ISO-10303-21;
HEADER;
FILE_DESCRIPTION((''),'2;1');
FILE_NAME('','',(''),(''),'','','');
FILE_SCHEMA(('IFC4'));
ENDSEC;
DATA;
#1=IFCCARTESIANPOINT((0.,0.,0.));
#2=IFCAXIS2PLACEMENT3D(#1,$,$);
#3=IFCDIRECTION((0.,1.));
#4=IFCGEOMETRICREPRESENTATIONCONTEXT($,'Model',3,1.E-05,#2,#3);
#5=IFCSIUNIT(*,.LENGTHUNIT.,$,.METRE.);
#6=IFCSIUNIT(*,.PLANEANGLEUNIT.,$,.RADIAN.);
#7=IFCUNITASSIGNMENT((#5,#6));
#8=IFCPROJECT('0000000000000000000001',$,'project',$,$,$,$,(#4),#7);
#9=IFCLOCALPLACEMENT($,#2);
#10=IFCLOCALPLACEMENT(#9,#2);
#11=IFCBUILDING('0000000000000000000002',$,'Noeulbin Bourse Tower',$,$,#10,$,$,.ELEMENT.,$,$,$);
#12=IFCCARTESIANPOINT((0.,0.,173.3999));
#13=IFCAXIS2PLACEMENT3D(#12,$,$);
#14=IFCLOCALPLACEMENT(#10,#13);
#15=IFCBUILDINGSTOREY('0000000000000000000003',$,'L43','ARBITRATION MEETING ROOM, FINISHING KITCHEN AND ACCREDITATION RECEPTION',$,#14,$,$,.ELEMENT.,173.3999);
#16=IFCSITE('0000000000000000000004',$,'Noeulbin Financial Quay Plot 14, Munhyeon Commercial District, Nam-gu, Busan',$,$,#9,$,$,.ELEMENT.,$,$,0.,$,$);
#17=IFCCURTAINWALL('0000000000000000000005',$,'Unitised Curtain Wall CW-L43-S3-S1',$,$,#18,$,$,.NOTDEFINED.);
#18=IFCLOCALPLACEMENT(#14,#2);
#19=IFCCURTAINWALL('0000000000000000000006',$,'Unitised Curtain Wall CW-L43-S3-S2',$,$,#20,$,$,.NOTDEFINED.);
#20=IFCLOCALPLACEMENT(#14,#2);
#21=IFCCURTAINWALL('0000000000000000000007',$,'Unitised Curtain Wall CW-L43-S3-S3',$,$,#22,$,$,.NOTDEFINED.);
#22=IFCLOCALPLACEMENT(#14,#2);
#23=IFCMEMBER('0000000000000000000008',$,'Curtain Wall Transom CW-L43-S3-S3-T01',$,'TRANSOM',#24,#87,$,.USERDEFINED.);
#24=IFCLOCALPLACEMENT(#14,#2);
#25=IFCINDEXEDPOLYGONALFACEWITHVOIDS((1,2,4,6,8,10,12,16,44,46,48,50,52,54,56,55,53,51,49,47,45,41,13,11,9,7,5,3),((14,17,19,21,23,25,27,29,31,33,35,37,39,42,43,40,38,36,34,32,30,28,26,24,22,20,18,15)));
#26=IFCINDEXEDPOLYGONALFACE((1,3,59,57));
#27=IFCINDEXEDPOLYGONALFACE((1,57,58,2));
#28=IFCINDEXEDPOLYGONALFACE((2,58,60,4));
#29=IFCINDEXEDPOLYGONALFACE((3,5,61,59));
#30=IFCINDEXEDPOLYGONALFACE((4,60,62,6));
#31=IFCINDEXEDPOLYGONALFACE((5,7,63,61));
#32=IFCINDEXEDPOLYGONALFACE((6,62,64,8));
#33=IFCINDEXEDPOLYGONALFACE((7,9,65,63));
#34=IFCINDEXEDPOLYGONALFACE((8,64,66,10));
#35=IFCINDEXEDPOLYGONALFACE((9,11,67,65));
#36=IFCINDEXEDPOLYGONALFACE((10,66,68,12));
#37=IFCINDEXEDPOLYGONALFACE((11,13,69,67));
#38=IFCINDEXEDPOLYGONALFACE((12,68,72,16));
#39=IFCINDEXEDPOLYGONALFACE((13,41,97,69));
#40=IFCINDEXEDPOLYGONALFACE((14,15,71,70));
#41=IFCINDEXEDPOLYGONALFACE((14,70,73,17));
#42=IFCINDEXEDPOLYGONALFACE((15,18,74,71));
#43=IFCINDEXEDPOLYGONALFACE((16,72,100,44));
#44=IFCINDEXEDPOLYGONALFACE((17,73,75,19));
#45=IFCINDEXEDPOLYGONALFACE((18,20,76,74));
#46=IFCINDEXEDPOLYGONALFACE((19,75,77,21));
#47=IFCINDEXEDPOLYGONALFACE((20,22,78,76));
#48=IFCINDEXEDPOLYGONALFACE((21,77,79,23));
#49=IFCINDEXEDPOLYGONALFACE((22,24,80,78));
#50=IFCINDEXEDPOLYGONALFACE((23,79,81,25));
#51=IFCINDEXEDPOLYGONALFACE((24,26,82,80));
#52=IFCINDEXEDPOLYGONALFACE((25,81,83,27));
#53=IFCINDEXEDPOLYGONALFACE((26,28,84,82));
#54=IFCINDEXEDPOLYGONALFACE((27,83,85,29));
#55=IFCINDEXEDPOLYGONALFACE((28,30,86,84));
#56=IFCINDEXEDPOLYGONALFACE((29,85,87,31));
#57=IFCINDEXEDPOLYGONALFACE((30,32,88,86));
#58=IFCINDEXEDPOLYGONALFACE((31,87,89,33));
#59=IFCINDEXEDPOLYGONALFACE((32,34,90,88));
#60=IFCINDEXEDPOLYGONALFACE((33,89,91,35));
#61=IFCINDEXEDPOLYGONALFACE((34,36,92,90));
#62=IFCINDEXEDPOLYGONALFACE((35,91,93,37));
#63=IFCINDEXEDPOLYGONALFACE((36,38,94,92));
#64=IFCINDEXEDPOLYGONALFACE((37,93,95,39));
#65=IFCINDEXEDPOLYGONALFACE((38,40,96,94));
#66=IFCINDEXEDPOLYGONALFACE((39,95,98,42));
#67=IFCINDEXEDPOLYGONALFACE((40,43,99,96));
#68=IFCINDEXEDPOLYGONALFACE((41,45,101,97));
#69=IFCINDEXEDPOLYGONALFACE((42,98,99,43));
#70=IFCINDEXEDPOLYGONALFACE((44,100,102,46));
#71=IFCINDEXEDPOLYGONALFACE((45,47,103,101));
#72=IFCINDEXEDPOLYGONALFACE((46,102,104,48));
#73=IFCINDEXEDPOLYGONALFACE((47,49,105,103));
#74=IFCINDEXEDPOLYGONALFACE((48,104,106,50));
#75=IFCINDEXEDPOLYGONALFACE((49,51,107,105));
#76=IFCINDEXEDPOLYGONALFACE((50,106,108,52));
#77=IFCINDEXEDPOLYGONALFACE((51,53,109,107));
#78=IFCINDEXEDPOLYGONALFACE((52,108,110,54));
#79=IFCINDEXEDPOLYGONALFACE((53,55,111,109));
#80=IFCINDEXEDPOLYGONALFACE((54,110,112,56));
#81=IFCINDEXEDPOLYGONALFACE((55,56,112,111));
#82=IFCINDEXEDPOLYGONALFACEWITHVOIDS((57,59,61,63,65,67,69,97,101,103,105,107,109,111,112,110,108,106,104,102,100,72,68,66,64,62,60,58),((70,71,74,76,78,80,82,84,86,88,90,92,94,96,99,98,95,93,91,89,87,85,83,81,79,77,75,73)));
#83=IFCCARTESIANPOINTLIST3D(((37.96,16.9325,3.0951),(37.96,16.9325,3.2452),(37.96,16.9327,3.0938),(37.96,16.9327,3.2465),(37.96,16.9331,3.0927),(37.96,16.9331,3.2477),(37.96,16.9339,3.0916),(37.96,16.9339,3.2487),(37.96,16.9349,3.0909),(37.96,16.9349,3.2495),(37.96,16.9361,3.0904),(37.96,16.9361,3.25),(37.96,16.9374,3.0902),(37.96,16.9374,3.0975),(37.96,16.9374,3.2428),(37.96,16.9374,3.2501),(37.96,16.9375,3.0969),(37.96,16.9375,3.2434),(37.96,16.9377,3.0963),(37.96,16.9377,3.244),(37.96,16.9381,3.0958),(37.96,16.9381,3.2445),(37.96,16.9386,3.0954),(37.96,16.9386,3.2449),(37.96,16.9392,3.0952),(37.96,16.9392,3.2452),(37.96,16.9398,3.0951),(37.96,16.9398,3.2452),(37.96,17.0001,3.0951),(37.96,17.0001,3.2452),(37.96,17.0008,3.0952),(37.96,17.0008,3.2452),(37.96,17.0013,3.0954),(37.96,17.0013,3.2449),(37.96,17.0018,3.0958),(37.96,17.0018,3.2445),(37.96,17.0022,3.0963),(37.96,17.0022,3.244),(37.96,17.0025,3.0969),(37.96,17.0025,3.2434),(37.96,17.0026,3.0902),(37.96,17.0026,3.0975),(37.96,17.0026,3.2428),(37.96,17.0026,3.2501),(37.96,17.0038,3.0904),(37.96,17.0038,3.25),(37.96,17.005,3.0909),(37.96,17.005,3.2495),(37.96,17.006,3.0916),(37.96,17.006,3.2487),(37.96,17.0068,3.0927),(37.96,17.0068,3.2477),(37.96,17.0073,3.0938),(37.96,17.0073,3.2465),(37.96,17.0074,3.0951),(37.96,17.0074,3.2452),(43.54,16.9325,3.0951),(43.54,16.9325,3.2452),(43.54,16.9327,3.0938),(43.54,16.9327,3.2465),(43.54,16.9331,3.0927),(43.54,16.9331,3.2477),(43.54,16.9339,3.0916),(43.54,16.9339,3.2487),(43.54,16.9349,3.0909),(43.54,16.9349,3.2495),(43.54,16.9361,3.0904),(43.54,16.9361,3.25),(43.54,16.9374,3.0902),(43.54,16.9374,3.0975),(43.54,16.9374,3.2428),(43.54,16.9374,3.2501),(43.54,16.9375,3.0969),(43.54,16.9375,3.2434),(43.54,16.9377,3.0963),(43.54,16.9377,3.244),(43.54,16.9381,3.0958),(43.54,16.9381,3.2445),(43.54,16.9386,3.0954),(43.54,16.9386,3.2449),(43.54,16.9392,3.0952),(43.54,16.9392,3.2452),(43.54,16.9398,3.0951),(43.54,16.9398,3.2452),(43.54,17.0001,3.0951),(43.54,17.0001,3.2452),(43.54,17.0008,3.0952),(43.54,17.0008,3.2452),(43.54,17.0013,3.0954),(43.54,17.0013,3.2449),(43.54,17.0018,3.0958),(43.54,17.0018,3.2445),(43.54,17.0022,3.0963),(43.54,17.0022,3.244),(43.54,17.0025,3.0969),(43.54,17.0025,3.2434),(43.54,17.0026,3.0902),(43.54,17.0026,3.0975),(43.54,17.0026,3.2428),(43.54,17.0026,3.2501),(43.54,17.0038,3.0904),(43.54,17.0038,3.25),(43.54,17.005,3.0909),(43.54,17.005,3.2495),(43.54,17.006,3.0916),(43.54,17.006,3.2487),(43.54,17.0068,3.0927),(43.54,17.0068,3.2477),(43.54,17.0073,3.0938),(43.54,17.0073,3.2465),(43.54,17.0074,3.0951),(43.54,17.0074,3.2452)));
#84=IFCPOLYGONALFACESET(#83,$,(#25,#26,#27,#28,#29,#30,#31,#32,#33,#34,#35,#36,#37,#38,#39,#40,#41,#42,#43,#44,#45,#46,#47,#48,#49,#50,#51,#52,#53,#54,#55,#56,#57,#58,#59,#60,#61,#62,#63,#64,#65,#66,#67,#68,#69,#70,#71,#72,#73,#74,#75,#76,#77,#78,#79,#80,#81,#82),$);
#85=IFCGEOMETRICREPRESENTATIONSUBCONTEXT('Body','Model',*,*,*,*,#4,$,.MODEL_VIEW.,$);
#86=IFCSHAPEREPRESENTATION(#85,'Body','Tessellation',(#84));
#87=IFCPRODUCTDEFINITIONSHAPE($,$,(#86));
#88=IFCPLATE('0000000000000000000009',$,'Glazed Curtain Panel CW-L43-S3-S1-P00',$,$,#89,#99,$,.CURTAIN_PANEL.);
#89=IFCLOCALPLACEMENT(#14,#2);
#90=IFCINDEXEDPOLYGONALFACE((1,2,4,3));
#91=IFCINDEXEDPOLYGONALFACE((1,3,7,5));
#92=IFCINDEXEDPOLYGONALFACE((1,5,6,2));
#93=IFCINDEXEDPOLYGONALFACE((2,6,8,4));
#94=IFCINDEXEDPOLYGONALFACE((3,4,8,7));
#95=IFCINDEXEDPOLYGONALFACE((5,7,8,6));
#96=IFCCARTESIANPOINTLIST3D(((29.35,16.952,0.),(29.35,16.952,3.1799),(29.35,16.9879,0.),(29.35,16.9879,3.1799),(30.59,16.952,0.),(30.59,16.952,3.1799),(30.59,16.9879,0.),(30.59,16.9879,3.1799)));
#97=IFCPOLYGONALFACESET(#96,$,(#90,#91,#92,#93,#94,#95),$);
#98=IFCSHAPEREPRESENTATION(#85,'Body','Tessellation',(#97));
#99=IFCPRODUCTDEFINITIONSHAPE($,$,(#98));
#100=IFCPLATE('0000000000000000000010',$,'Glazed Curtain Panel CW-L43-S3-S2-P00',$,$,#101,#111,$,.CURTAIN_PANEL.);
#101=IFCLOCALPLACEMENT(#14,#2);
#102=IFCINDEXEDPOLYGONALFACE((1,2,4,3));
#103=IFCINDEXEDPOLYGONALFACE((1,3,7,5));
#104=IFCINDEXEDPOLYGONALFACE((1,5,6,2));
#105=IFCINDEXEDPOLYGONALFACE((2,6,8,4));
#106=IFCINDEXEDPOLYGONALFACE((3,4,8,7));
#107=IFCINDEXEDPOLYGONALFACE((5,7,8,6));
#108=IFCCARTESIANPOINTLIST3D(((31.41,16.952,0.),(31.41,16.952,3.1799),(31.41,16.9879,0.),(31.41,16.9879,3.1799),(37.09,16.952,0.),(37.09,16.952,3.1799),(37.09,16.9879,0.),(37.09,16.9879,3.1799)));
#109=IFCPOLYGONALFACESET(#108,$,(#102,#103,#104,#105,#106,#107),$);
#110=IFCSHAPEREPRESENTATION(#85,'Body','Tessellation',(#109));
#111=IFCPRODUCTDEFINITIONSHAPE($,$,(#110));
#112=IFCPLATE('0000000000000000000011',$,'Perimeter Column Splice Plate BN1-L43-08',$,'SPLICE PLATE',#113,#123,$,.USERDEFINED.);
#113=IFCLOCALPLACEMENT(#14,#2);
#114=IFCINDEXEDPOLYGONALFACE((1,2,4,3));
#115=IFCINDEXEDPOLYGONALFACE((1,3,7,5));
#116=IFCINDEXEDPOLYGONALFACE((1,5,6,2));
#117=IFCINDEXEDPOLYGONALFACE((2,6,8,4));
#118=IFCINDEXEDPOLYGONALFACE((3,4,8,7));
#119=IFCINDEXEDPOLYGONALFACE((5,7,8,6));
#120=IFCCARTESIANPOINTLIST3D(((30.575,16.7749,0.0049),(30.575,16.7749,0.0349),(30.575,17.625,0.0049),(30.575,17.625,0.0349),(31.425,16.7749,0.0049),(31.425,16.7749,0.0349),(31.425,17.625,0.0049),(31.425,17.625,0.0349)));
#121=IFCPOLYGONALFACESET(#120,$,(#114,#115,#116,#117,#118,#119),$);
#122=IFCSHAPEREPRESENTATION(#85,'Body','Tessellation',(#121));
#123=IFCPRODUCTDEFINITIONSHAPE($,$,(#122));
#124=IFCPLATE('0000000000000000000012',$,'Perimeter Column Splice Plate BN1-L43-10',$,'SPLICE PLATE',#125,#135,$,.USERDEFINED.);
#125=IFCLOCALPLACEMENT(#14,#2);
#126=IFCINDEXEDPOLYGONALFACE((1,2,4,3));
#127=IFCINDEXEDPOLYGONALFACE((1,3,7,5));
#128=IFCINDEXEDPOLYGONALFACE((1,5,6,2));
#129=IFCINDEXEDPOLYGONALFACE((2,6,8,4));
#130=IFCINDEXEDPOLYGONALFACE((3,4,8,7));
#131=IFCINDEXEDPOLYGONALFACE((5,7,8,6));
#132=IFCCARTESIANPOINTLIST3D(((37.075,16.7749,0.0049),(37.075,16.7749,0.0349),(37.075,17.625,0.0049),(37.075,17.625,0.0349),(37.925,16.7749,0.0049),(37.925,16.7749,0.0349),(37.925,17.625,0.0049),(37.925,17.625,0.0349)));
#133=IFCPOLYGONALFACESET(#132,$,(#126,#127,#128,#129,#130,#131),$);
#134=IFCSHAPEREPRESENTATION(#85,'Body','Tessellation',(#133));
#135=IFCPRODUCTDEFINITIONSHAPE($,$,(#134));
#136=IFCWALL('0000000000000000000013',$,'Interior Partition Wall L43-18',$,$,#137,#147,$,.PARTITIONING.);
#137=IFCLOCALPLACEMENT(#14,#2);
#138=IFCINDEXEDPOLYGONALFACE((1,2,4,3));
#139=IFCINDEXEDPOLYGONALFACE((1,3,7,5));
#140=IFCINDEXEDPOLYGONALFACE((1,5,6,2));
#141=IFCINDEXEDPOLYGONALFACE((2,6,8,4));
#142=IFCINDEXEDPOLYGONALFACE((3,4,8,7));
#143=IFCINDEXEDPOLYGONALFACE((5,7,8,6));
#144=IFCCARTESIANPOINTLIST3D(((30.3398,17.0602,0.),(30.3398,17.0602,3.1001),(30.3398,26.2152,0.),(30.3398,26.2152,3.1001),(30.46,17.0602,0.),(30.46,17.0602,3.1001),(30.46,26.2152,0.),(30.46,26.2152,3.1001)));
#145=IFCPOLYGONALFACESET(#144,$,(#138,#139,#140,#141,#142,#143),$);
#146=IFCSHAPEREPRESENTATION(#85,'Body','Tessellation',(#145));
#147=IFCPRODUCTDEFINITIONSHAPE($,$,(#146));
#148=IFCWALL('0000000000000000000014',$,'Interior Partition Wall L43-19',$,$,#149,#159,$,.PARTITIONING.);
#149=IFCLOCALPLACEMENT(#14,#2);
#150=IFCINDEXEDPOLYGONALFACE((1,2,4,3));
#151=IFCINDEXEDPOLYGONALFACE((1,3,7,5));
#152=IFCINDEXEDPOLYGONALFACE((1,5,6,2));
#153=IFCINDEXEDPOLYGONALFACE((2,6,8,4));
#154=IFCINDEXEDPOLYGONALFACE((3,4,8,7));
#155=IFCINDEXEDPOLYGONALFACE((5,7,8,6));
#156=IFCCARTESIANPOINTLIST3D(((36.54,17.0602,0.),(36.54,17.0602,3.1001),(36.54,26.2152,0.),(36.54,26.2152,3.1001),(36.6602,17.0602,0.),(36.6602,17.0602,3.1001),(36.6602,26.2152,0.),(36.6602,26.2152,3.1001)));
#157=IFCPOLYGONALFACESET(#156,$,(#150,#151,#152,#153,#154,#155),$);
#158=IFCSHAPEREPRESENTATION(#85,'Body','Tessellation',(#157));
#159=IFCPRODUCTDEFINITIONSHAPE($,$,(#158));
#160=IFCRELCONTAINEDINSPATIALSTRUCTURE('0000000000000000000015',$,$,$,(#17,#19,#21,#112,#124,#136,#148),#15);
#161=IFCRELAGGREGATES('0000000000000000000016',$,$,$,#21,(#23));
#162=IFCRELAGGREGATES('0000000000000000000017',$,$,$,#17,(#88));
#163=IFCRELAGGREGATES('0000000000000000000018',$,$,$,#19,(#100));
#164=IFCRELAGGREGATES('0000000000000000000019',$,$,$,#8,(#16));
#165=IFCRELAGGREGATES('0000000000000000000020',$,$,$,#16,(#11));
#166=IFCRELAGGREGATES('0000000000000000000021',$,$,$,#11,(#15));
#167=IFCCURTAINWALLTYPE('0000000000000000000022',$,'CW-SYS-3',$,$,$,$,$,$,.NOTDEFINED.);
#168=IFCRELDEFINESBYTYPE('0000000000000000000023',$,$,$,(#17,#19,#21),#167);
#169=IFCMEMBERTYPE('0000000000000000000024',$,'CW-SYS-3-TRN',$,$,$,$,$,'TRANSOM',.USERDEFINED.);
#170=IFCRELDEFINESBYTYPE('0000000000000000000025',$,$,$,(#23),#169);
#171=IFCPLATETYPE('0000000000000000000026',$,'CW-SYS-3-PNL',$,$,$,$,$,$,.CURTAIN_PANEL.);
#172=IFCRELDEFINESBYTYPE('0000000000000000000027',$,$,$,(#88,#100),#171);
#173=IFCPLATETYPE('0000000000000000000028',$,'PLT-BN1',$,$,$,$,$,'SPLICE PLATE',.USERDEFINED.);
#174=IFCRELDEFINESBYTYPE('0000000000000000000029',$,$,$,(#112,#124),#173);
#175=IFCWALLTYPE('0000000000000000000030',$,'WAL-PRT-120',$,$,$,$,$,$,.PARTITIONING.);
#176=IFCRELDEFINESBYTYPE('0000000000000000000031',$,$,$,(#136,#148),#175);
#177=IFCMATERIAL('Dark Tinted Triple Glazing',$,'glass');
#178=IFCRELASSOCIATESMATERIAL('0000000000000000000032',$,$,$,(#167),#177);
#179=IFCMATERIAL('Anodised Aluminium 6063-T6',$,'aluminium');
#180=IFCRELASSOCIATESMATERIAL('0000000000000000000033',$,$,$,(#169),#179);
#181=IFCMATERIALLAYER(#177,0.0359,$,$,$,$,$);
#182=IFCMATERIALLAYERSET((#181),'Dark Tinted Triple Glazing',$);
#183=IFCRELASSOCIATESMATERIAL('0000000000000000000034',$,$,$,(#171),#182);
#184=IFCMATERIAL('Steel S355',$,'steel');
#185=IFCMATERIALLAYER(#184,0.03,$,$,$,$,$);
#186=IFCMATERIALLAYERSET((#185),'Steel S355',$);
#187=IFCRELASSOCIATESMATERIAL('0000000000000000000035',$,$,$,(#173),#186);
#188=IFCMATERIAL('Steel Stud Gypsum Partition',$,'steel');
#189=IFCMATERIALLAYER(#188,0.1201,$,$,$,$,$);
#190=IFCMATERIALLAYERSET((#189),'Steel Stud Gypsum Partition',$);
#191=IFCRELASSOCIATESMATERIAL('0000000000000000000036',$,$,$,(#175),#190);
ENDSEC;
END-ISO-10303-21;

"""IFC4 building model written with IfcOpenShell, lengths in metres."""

from ifc_helpers import new_model, si_unit, direction, frame, frame_2d, origin, origin_2d, place, context, subcontext, project, spatial, rectangle, hollow_rectangle, extrude, material, layer, layer_set, material_profile, profile_set, type_object, element, aggregate, save


model = new_model("IFC4")

# Units and contexts
model_context = context("Model", 3, precision=1e-05, world=origin(), true_north=direction((0.0, 1.0)))
body_context = subcontext(model_context, "Body", "Model", "MODEL_VIEW")
ifc_project = project(units=[si_unit("LENGTHUNIT", "METRE"), si_unit("PLANEANGLEUNIT", "RADIAN")], contexts=[model_context])

# Site, building, storey
site_placement = place(None, origin())
site = spatial("IfcSite", under=ifc_project, at=site_placement, Name="Noeulbin Financial Quay Plot 14, Munhyeon Commercial District, Nam-gu, Busan", CompositionType="ELEMENT", RefElevation=0.0)
building_placement = place(site_placement, origin())
building = spatial("IfcBuilding", under=site, at=building_placement, Name="Noeulbin Bourse Tower", CompositionType="ELEMENT")
storey_placement = place(building_placement, frame((0.0, 0.0, 173.3999)))
storey = spatial("IfcBuildingStorey", under=building, at=storey_placement, Name="L43", Description="ARBITRATION MEETING ROOM, FINISHING KITCHEN AND ACCREDITATION RECEPTION", CompositionType="ELEMENT", Elevation=173.3999)

# Shared definitions
ifc_material_1 = material(Name="Steel S355", Category="steel")

# Curtain wall
ifc_material_2 = material(Name="Dark Tinted Triple Glazing", Category="glass")
curtain_wall_type = type_object("IfcCurtainWallType", Name="CW-SYS-3", PredefinedType="NOTDEFINED", material=ifc_material_2)
curtain_wall_1_placement = place(storey_placement, origin())
curtain_wall_1 = element("IfcCurtainWall", 1, at=curtain_wall_1_placement, inside=storey, type_object=curtain_wall_type, Name="Unitised Curtain Wall CW-L43-S3-S1", PredefinedType="NOTDEFINED")
ifc_material_3 = material(Name="Anodised Aluminium 6063-T6", Category="aluminium")

# Curtain wall
curtain_wall_2_placement = place(storey_placement, origin())
curtain_wall_2 = element("IfcCurtainWall", 2, at=curtain_wall_2_placement, inside=storey, type_object=curtain_wall_type, Name="Unitised Curtain Wall CW-L43-S3-S2", PredefinedType="NOTDEFINED")

# Curtain wall
curtain_wall_3_placement = place(storey_placement, origin())
curtain_wall_3 = element("IfcCurtainWall", 3, at=curtain_wall_3_placement, inside=storey, type_object=curtain_wall_type, Name="Unitised Curtain Wall CW-L43-S3-S3", PredefinedType="NOTDEFINED")

# Member
ifc_material_profile_1 = material_profile(ifc_material_3, hollow_rectangle(XDim=0.075, YDim=0.1599, WallThickness=0.0049, InnerFilletRadius=0.0024, OuterFilletRadius=0.0049, at=origin_2d()), Name="ALU-TRAN-75x160x5", Category="LoadBearing")
ifc_profile_set_1 = profile_set([ifc_material_profile_1], Name="Anodised Aluminium 6063-T6")
member_type_1 = type_object("IfcMemberType", Name="CW-SYS-3-TRN", ElementType="TRANSOM", PredefinedType="USERDEFINED", material=ifc_profile_set_1)
member_1_placement = place(storey_placement, frame((37.96, 16.97, 3.1702), z_axis=(1.0, 0.0, 0.0), x_axis=(0.0, 1.0, 0.0)))
member_1 = element("IfcMember", 4, at=member_1_placement, type_object=member_type_1, Name="Curtain Wall Transom CW-L43-S3-S3-T01", ObjectType="TRANSOM", PredefinedType="USERDEFINED", context=body_context, shape_type="SweptSolid", body=[
    extrude(hollow_rectangle(XDim=0.075, YDim=0.1599, WallThickness=0.0049, InnerFilletRadius=0.0024, OuterFilletRadius=0.0049, at=origin_2d()), origin(), (0.0, 0.0, 1.0), 5.5801),
])
aggregate(curtain_wall_3, [member_1])

# Plates
ifc_layer_1 = layer(ifc_material_2, 0.0359)
ifc_layer_set_1 = layer_set([ifc_layer_1], Name="Dark Tinted Triple Glazing")
plate_type_1 = type_object("IfcPlateType", Name="CW-SYS-3-PNL", PredefinedType="CURTAIN_PANEL", material=ifc_layer_set_1)
plate_1_placement = place(storey_placement, frame((29.97, 16.97, 0.0), z_axis=(0.0, 0.0, 1.0), x_axis=(1.0, 0.0, 0.0)))
plate_1 = element("IfcPlate", 5, at=plate_1_placement, type_object=plate_type_1, Name="Glazed Curtain Panel CW-L43-S3-S1-P00", PredefinedType="CURTAIN_PANEL", context=body_context, shape_type="SweptSolid", body=[
    extrude(rectangle(XDim=1.24, YDim=0.0359, at=origin_2d()), origin(), (0.0, 0.0, 1.0), 3.1799),
])
aggregate(curtain_wall_1, [plate_1])
plate_2_placement = place(storey_placement, frame((34.25, 16.97, 0.0), z_axis=(0.0, 0.0, 1.0), x_axis=(1.0, 0.0, 0.0)))
plate_2 = element("IfcPlate", 6, at=plate_2_placement, type_object=plate_type_1, Name="Glazed Curtain Panel CW-L43-S3-S2-P00", PredefinedType="CURTAIN_PANEL", context=body_context, shape_type="SweptSolid", body=[
    extrude(rectangle(XDim=5.6799, YDim=0.0359, at=origin_2d()), origin(), (0.0, 0.0, 1.0), 3.1799),
])
aggregate(curtain_wall_2, [plate_2])

# Plates
ifc_layer_2 = layer(ifc_material_1, 0.03)
ifc_layer_set_2 = layer_set([ifc_layer_2], Name="Steel S355")
plate_type_2 = type_object("IfcPlateType", Name="PLT-BN1", ElementType="SPLICE PLATE", PredefinedType="USERDEFINED", material=ifc_layer_set_2)
for number, where, z_axis, x_axis, name in (
    (7, (31.0, 17.2, 0.0049), (0.0, 0.0, 1.0), (1.0, 0.0, 0.0), "Perimeter Column Splice Plate BN1-L43-08"),
    (8, (37.5, 17.2, 0.0049), (0.0, 0.0, 1.0), (1.0, 0.0, 0.0), "Perimeter Column Splice Plate BN1-L43-10"),
):
    element("IfcPlate", number, at=place(storey_placement, frame(where, z_axis=z_axis, x_axis=x_axis)), inside=storey, type_object=plate_type_2, Name=name, ObjectType="SPLICE PLATE", PredefinedType="USERDEFINED", context=body_context, shape_type="SweptSolid", body=[
        extrude(rectangle(XDim=0.8501, YDim=0.8501, at=origin_2d()), origin(), (0.0, 0.0, 1.0), 0.03),
    ])

# Walls
ifc_material_4 = material(Name="Steel Stud Gypsum Partition", Category="steel")
ifc_layer_3 = layer(ifc_material_4, 0.1201)
ifc_layer_set_3 = layer_set([ifc_layer_3], Name="Steel Stud Gypsum Partition")
wall_type = type_object("IfcWallType", Name="WAL-PRT-120", PredefinedType="PARTITIONING", material=ifc_layer_set_3)
for number, where, z_axis, x_axis, name in (
    (9, (30.3999, 17.0601, 0.0), (0.0, 0.0, 1.0), (0.0, 1.0, 0.0), "Interior Partition Wall L43-18"),
    (10, (36.6001, 17.0601, 0.0), (0.0, 0.0, 1.0), (0.0, 1.0, 0.0), "Interior Partition Wall L43-19"),
):
    element("IfcWall", number, at=place(storey_placement, frame(where, z_axis=z_axis, x_axis=x_axis)), inside=storey, type_object=wall_type, Name=name, PredefinedType="PARTITIONING", context=body_context, shape_type="SweptSolid", body=[
        extrude(rectangle(XDim=9.155, YDim=0.1201, at=frame_2d((4.5776, 0.0))), origin(), (0.0, 0.0, 1.0), 3.1001),
    ])

save(model, "model.ifc")
